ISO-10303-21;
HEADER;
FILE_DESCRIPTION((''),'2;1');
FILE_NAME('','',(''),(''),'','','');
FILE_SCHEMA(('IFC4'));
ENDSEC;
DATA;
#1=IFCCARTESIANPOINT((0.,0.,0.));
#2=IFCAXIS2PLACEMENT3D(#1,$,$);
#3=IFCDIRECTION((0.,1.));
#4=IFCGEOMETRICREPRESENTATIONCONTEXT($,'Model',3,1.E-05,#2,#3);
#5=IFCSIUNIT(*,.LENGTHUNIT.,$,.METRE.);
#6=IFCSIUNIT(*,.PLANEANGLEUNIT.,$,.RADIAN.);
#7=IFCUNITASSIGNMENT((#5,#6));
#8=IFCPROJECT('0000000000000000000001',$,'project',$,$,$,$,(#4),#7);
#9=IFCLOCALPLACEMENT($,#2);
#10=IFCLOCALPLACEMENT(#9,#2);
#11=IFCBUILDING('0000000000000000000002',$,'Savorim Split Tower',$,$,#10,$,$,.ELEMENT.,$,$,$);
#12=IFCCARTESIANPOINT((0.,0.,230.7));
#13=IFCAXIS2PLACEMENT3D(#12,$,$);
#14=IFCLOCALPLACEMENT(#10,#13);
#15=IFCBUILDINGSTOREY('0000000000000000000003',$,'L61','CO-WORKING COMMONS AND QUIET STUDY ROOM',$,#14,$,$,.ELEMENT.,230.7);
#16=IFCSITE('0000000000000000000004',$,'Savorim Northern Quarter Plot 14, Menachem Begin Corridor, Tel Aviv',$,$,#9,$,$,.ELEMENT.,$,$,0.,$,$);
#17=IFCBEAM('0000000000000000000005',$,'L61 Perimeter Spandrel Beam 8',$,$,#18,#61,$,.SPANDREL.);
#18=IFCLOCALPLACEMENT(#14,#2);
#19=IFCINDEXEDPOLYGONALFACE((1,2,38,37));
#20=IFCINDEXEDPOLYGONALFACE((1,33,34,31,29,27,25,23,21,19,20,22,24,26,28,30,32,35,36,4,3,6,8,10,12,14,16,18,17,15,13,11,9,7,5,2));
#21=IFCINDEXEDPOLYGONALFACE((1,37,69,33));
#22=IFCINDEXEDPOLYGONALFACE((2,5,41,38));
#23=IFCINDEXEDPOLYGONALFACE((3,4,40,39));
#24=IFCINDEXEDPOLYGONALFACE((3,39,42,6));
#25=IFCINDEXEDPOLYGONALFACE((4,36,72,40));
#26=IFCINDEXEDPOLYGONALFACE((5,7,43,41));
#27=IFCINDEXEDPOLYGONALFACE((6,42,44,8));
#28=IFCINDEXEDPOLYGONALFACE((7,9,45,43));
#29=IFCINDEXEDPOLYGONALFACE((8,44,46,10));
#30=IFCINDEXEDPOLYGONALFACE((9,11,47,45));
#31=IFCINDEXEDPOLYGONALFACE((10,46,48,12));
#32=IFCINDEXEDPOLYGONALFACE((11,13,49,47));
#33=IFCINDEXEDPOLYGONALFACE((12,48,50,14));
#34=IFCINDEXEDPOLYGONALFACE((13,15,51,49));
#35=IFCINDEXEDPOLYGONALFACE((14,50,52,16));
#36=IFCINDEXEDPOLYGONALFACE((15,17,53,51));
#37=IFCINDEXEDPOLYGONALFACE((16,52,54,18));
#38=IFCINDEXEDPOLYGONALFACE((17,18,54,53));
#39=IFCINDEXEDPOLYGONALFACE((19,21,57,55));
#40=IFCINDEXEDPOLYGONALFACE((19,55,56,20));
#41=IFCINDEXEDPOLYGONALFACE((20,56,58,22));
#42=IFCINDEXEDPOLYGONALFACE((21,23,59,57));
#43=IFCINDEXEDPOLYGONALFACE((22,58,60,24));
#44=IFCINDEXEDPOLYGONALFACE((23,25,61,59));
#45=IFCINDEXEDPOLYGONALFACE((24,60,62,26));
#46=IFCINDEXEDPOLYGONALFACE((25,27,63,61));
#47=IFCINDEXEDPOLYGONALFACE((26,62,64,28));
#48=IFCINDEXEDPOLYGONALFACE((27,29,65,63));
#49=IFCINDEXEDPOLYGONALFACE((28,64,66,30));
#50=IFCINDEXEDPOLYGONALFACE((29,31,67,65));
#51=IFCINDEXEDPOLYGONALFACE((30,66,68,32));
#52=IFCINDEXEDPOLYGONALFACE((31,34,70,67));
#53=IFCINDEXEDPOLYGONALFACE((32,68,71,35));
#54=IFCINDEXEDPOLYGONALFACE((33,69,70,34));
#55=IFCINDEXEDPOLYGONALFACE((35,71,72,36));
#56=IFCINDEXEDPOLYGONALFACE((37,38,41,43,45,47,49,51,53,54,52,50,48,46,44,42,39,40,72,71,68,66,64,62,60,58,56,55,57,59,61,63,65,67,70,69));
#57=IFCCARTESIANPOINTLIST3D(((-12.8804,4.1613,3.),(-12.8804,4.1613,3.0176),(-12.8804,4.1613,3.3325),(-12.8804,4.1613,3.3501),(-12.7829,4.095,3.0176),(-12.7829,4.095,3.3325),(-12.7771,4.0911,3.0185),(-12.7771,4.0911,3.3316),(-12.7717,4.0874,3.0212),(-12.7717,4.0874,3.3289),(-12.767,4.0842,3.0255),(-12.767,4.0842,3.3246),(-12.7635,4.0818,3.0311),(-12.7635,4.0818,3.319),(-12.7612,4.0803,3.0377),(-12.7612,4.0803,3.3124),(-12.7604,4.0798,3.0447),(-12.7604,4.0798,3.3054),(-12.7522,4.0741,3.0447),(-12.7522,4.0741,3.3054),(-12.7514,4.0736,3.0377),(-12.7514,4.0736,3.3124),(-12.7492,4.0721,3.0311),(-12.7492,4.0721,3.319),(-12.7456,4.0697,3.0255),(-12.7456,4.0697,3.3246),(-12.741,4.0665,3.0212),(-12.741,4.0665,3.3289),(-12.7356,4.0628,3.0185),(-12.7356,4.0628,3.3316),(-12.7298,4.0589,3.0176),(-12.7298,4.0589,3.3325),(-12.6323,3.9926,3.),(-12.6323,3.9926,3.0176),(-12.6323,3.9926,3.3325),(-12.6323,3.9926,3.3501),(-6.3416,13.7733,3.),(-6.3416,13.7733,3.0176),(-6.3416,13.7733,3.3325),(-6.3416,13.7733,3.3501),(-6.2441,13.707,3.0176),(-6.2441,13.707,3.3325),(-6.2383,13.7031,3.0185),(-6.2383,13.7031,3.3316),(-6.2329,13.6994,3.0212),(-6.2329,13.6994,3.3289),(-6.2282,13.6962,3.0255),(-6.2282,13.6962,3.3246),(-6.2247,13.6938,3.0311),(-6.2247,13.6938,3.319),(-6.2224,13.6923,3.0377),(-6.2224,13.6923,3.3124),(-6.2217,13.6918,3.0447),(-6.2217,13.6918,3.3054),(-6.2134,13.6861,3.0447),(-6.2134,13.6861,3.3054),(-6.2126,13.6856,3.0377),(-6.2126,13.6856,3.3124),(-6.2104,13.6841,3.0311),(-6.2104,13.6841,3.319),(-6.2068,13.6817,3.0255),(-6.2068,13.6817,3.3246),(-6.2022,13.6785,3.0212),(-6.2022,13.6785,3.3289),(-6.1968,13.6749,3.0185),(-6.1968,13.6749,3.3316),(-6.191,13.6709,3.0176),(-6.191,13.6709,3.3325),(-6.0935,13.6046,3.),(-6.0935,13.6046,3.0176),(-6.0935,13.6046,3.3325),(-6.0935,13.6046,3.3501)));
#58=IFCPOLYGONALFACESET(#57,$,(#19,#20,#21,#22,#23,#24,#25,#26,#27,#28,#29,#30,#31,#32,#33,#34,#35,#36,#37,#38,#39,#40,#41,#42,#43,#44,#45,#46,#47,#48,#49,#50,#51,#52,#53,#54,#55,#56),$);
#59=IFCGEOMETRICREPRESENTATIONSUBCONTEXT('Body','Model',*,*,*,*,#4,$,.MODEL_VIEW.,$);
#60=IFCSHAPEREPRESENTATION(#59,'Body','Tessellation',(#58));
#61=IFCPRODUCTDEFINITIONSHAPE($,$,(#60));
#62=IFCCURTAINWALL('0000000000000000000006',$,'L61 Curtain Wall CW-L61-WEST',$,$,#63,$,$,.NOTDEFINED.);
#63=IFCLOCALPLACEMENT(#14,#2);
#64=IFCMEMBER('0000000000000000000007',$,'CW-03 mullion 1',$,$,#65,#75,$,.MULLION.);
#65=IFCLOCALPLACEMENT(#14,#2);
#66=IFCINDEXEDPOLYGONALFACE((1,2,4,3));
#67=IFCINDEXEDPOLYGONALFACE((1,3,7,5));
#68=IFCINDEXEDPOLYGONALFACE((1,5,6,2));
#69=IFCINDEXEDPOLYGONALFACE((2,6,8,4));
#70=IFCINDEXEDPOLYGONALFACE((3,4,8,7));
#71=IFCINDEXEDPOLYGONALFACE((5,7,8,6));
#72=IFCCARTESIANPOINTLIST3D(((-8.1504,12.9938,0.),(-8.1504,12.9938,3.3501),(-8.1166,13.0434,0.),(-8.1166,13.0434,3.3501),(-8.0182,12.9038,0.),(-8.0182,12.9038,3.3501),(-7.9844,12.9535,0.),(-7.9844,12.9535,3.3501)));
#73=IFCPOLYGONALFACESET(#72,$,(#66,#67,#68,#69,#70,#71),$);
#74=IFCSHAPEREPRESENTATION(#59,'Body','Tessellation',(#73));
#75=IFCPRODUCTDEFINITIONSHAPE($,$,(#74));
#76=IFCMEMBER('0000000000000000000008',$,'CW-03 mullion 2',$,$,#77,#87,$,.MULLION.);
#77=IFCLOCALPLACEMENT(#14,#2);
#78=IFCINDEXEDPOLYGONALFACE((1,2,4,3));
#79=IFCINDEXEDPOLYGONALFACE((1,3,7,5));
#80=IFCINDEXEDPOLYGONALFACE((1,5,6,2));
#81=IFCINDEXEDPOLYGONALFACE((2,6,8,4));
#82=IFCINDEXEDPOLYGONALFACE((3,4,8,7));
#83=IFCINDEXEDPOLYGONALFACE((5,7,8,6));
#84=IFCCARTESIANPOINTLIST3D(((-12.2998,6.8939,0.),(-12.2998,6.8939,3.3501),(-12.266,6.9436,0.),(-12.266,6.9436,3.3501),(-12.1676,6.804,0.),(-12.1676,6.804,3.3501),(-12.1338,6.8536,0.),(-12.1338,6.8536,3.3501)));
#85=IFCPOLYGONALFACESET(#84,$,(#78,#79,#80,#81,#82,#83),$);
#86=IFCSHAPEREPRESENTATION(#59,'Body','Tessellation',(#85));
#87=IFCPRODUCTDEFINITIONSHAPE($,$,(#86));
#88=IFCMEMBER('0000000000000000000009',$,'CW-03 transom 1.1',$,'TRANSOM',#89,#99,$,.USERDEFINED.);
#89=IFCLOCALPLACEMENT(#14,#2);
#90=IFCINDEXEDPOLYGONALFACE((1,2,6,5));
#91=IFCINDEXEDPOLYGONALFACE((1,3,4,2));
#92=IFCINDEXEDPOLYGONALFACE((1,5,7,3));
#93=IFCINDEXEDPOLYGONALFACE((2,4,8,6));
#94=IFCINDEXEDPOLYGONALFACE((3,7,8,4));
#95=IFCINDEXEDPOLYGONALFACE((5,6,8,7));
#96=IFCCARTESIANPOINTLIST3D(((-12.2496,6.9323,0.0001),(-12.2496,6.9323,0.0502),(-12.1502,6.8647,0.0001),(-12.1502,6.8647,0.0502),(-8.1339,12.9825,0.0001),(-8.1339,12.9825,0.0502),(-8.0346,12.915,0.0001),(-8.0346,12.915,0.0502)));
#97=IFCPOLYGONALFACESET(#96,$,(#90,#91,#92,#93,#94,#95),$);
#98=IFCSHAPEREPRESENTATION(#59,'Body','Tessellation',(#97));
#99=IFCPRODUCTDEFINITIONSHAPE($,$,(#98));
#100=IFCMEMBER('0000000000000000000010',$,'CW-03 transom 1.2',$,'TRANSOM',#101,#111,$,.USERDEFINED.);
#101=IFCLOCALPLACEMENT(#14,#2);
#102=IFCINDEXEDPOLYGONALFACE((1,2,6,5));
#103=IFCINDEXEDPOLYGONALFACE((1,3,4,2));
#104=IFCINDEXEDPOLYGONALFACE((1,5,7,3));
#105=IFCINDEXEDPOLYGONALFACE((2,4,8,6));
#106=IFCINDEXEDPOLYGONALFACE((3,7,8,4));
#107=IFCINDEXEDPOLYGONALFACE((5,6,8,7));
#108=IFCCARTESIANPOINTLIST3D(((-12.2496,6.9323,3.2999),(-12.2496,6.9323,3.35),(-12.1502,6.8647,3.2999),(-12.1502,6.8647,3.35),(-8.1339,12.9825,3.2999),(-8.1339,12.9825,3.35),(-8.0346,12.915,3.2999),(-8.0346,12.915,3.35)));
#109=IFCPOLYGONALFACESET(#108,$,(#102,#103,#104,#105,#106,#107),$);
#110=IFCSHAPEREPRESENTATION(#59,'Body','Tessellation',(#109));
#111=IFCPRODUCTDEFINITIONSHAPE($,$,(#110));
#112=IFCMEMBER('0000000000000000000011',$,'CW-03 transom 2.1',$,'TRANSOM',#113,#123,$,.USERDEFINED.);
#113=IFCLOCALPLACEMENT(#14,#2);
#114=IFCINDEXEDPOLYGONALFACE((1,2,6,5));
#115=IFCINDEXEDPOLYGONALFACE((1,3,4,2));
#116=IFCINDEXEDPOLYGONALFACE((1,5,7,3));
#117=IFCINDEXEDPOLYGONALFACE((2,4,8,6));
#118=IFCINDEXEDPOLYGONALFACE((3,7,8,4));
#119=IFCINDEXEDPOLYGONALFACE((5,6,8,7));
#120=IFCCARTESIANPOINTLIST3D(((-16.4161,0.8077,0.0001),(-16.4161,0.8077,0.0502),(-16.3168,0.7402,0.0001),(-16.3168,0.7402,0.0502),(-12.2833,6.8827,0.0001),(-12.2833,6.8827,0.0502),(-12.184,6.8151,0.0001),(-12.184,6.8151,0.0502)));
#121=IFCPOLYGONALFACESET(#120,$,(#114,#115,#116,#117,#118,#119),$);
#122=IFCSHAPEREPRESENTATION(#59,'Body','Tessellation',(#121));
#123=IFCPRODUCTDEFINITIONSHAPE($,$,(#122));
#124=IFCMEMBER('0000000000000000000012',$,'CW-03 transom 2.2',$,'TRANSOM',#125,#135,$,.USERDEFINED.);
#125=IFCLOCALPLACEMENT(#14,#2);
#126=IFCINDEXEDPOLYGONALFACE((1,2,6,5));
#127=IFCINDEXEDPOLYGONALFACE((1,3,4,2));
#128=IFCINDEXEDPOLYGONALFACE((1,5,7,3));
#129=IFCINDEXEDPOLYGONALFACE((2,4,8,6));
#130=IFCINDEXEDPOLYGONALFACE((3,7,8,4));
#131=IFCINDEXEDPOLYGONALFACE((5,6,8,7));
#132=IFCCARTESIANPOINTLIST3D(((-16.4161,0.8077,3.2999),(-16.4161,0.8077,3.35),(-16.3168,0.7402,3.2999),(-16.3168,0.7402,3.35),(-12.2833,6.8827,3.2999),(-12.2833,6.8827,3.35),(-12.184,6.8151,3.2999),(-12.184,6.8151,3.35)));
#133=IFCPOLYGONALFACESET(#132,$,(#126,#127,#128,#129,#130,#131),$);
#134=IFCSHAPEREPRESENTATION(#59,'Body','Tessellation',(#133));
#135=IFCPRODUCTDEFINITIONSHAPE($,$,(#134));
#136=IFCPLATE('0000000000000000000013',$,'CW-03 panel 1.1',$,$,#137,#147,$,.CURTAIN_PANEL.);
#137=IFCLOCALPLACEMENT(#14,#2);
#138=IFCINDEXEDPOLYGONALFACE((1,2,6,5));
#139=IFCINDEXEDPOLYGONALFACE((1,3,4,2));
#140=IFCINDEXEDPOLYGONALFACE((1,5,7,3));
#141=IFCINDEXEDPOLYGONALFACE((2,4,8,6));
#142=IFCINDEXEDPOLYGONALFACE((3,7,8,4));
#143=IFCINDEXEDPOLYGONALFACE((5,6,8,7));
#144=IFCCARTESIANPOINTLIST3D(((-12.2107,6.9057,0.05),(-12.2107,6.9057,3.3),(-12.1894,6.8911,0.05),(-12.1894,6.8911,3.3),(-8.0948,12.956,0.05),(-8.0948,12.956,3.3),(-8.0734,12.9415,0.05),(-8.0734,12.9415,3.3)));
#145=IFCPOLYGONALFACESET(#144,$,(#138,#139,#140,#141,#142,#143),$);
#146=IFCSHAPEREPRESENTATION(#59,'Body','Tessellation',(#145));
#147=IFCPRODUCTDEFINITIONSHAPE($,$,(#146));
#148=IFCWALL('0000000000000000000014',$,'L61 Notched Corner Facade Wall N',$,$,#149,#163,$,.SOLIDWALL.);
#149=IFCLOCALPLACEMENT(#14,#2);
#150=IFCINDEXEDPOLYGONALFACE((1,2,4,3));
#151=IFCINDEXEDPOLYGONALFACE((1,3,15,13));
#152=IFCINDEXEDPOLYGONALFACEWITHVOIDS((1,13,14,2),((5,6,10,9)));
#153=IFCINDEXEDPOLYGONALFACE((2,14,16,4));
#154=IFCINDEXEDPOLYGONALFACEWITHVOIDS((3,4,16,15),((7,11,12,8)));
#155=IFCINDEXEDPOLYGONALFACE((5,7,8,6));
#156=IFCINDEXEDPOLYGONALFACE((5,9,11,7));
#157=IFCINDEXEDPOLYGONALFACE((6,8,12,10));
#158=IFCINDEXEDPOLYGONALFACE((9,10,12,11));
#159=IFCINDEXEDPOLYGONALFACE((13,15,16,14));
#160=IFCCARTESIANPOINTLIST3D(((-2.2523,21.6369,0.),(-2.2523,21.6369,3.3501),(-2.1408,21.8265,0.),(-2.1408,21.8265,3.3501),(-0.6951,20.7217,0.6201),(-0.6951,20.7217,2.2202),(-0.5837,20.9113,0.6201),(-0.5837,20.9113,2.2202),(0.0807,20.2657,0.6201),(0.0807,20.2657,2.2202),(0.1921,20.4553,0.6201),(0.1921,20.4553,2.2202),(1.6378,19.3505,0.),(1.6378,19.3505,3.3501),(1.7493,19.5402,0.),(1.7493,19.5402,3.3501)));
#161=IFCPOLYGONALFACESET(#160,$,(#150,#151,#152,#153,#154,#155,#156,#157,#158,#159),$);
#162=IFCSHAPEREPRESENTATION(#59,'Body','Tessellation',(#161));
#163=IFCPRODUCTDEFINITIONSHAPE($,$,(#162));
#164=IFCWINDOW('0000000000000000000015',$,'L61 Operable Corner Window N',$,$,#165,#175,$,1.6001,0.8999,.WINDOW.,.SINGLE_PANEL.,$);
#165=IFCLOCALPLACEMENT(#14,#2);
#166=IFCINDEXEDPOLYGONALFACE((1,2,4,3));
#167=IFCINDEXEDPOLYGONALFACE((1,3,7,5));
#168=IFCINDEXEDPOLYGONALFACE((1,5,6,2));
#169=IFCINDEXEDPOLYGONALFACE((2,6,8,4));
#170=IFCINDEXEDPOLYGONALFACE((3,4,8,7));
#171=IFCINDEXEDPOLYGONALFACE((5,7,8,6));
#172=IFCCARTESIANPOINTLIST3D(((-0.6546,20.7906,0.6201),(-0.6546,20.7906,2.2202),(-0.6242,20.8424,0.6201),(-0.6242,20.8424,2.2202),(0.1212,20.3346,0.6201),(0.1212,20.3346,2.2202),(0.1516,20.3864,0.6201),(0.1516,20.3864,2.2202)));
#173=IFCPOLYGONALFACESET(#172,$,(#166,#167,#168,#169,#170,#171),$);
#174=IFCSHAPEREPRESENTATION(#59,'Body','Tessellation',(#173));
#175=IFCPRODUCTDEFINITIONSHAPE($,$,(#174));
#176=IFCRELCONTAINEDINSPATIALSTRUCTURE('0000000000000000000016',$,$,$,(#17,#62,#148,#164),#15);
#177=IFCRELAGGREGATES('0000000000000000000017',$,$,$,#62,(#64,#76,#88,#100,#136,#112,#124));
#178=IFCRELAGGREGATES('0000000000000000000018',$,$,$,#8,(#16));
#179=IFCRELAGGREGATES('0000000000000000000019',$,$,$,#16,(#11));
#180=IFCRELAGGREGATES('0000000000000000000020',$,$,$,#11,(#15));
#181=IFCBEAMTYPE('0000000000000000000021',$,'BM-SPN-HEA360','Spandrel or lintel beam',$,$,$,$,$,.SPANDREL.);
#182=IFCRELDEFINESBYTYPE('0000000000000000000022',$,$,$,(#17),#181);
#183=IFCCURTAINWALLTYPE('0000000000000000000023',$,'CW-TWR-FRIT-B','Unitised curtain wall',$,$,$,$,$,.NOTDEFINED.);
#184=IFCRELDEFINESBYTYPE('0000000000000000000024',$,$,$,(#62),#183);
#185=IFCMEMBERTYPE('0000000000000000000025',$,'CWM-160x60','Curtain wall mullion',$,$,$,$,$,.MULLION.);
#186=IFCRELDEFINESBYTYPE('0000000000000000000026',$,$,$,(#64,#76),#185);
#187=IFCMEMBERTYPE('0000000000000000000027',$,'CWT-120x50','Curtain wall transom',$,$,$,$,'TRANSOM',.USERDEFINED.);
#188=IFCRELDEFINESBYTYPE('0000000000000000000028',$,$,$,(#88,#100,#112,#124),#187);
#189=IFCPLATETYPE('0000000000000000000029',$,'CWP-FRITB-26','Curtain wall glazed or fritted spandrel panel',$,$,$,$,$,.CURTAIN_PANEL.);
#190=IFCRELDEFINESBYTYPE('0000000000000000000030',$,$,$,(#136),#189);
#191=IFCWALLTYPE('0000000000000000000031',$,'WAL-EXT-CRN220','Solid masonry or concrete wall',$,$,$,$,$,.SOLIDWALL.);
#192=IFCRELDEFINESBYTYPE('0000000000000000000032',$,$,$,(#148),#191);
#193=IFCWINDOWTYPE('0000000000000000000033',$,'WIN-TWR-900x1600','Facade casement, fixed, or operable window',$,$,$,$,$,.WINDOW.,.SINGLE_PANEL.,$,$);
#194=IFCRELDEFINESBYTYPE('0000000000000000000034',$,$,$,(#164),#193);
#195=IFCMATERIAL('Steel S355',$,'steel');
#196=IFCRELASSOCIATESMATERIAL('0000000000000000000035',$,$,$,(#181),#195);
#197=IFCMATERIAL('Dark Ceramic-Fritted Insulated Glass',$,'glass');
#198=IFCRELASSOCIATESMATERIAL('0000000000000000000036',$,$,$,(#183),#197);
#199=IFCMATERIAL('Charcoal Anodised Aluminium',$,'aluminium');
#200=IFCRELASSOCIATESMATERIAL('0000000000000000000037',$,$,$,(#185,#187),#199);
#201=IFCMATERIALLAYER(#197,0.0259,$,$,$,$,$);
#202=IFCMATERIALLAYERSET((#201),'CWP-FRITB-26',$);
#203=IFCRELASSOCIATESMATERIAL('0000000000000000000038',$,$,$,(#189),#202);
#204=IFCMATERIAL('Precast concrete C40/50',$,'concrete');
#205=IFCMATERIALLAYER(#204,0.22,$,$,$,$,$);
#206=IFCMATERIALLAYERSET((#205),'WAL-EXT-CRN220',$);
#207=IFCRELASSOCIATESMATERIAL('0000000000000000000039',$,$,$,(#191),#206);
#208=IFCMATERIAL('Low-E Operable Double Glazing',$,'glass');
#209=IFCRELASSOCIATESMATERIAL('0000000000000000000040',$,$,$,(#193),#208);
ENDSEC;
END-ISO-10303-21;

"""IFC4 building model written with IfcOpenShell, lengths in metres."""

from ifc_helpers import new_model, si_unit, direction, frame, frame_2d, origin, origin_2d, place, context, subcontext, project, spatial, rectangle, i_section, extrude, material, layer, layer_set, material_profile, profile_set, type_object, element, fill, aggregate, save


model = new_model("IFC4")

# Units and contexts
model_context = context("Model", 3, precision=1e-05, world=origin(), true_north=direction((0.0, 1.0)))
body_context = subcontext(model_context, "Body", "Model", "MODEL_VIEW")
ifc_project = project(units=[si_unit("LENGTHUNIT", "METRE"), si_unit("PLANEANGLEUNIT", "RADIAN")], contexts=[model_context])

# Site, building, storey
site_placement = place(None, origin())
site = spatial("IfcSite", under=ifc_project, at=site_placement, Name="Savorim Northern Quarter Plot 14, Menachem Begin Corridor, Tel Aviv", CompositionType="ELEMENT", RefElevation=0.0)
building_placement = place(site_placement, origin())
building = spatial("IfcBuilding", under=site, at=building_placement, Name="Savorim Split Tower", CompositionType="ELEMENT")
storey_placement = place(building_placement, frame((0.0, 0.0, 230.7)))
storey = spatial("IfcBuildingStorey", under=building, at=storey_placement, Name="L61", Description="CO-WORKING COMMONS AND QUIET STUDY ROOM", CompositionType="ELEMENT", Elevation=230.7)

# Shared definitions
ifc_material_1 = material(Name="Steel S355", Category="steel")

# Beam
ifc_material_profile_1 = material_profile(ifc_material_1, i_section(OverallWidth=0.3, OverallDepth=0.3501, WebThickness=0.01, FlangeThickness=0.0176, FilletRadius=0.0271, at=origin_2d()), Name="HEA 360")
ifc_profile_set_1 = profile_set([ifc_material_profile_1], Name="Steel S355")
beam_type_1 = type_object("IfcBeamType", Name="BM-SPN-HEA360", Description="Spandrel or lintel beam", PredefinedType="SPANDREL", material=ifc_profile_set_1)
beam_1_placement = place(storey_placement, frame((-6.2175, 13.689, 3.175), z_axis=(-0.562464, -0.826822, 0.0), x_axis=(0.826822, -0.562464, 0.0)))
element("IfcBeam", 1, at=beam_1_placement, inside=storey, type_object=beam_type_1, Name="L61 Perimeter Spandrel Beam 8", PredefinedType="SPANDREL", context=body_context, shape_type="SweptSolid", body=[
    extrude(i_section(OverallWidth=0.3, OverallDepth=0.3501, WebThickness=0.01, FlangeThickness=0.0176, FilletRadius=0.0271, at=origin_2d()), origin(), (0.0, 0.0, 1.0), 11.6252),
])

# Curtain wall, members, plate
ifc_material_2 = material(Name="Dark Ceramic-Fritted Insulated Glass", Category="glass")
curtain_wall_type = type_object("IfcCurtainWallType", Name="CW-TWR-FRIT-B", Description="Unitised curtain wall", PredefinedType="NOTDEFINED", material=ifc_material_2)
curtain_wall_placement = place(storey_placement, origin())
curtain_wall = element("IfcCurtainWall", 2, at=curtain_wall_placement, inside=storey, type_object=curtain_wall_type, Name="L61 Curtain Wall CW-L61-WEST", PredefinedType="NOTDEFINED")
ifc_material_3 = material(Name="Charcoal Anodised Aluminium", Category="aluminium")
ifc_material_profile_2 = material_profile(ifc_material_3, rectangle(XDim=0.1599, YDim=0.0601, at=origin_2d()), Name="ALU-M 160x60")
ifc_profile_set_2 = profile_set([ifc_material_profile_2], Name="Charcoal Anodised Aluminium")
member_type_1 = type_object("IfcMemberType", Name="CWM-160x60", Description="Curtain wall mullion", PredefinedType="MULLION", material=ifc_profile_set_2)
member_1_placement = place(storey_placement, frame((-8.0674, 12.9736, 0.0), z_axis=(0.0, 0.0, 1.0), x_axis=(0.82682, -0.562467, 0.0)))
member_1 = element("IfcMember", 3, at=member_1_placement, type_object=member_type_1, Name="CW-03 mullion 1", PredefinedType="MULLION", context=body_context, shape_type="SweptSolid", body=[
    extrude(rectangle(XDim=0.1599, YDim=0.0601, at=origin_2d()), origin(), (0.0, 0.0, 1.0), 3.3501),
])
member_2_placement = place(storey_placement, frame((-12.2168, 6.8738, 0.0), z_axis=(0.0, 0.0, 1.0), x_axis=(0.82682, -0.562467, 0.0)))
member_2 = element("IfcMember", 4, at=member_2_placement, type_object=member_type_1, Name="CW-03 mullion 2", PredefinedType="MULLION", context=body_context, shape_type="SweptSolid", body=[
    extrude(rectangle(XDim=0.1599, YDim=0.0601, at=origin_2d()), origin(), (0.0, 0.0, 1.0), 3.3501),
])
ifc_material_profile_3 = material_profile(ifc_material_3, rectangle(XDim=0.1201, YDim=0.05, at=origin_2d()), Name="ALU-T 120x50")
ifc_profile_set_3 = profile_set([ifc_material_profile_3], Name="Charcoal Anodised Aluminium")
member_type_2 = type_object("IfcMemberType", Name="CWT-120x50", Description="Curtain wall transom", ElementType="TRANSOM", PredefinedType="USERDEFINED", material=ifc_profile_set_3)
member_3_placement = place(storey_placement, frame((-8.0842, 12.9487, 0.0251), z_axis=(-0.562452, -0.82683, 0.0), x_axis=(0.82683, -0.562452, 0.0)))
member_3 = element("IfcMember", 5, at=member_3_placement, type_object=member_type_2, Name="CW-03 transom 1.1", ObjectType="TRANSOM", PredefinedType="USERDEFINED", context=body_context, shape_type="SweptSolid", body=[
    extrude(rectangle(XDim=0.1201, YDim=0.05, at=origin_2d()), origin(), (0.0, 0.0, 1.0), 7.3174),
])
member_4_placement = place(storey_placement, frame((-8.0842, 12.9487, 3.325), z_axis=(-0.562452, -0.82683, 0.0), x_axis=(0.82683, -0.562452, 0.0)))
member_4 = element("IfcMember", 6, at=member_4_placement, type_object=member_type_2, Name="CW-03 transom 1.2", ObjectType="TRANSOM", PredefinedType="USERDEFINED", context=body_context, shape_type="SweptSolid", body=[
    extrude(rectangle(XDim=0.1201, YDim=0.05, at=origin_2d()), origin(), (0.0, 0.0, 1.0), 7.3174),
])
member_5_placement = place(storey_placement, frame((-12.2336, 6.8489, 0.0251), z_axis=(-0.562482, -0.82681, 0.0), x_axis=(0.82681, -0.562482, 0.0)))
member_5 = element("IfcMember", 7, at=member_5_placement, type_object=member_type_2, Name="CW-03 transom 2.1", ObjectType="TRANSOM", PredefinedType="USERDEFINED", context=body_context, shape_type="SweptSolid", body=[
    extrude(rectangle(XDim=0.1201, YDim=0.05, at=origin_2d()), origin(), (0.0, 0.0, 1.0), 7.3474),
])
member_6_placement = place(storey_placement, frame((-12.2336, 6.8489, 3.325), z_axis=(-0.562482, -0.82681, 0.0), x_axis=(0.82681, -0.562482, 0.0)))
member_6 = element("IfcMember", 8, at=member_6_placement, type_object=member_type_2, Name="CW-03 transom 2.2", ObjectType="TRANSOM", PredefinedType="USERDEFINED", context=body_context, shape_type="SweptSolid", body=[
    extrude(rectangle(XDim=0.1201, YDim=0.05, at=origin_2d()), origin(), (0.0, 0.0, 1.0), 7.3474),
])
ifc_layer_1 = layer(ifc_material_2, 0.0259)
ifc_layer_set_1 = layer_set([ifc_layer_1], Name="CWP-FRITB-26")
plate_type = type_object("IfcPlateType", Name="CWP-FRITB-26", Description="Curtain wall glazed or fritted spandrel panel", PredefinedType="CURTAIN_PANEL", material=ifc_layer_set_1)
plate_placement = place(storey_placement, frame((-10.1421, 9.9236, 0.05), z_axis=(0.0, 0.0, 1.0), x_axis=(-0.562467, -0.82682, 0.0)))
plate = element("IfcPlate", 9, at=plate_placement, type_object=plate_type, Name="CW-03 panel 1.1", PredefinedType="CURTAIN_PANEL", context=body_context, shape_type="SweptSolid", body=[
    extrude(rectangle(XDim=7.3176, YDim=0.0259, at=origin_2d()), origin(), (0.0, 0.0, 1.0), 3.25),
])
aggregate(curtain_wall, [member_1, member_2, member_3, member_4, plate, member_5, member_6])

# Wall, opening, window
ifc_material_4 = material(Name="Precast concrete C40/50", Category="concrete")
ifc_layer_2 = layer(ifc_material_4, 0.22)
ifc_layer_set_2 = layer_set([ifc_layer_2], Name="WAL-EXT-CRN220")
wall_type_1 = type_object("IfcWallType", Name="WAL-EXT-CRN220", Description="Solid masonry or concrete wall", PredefinedType="SOLIDWALL", material=ifc_layer_set_2)
wall_1_placement = place(storey_placement, frame((-2.1965, 21.7317, 0.0), z_axis=(0.0, 0.0, 1.0), x_axis=(0.862122, -0.506701, 0.0)))
wall_1 = element("IfcWall", 10, at=wall_1_placement, inside=storey, type_object=wall_type_1, Name="L61 Notched Corner Facade Wall N", PredefinedType="SOLIDWALL", context=body_context, shape_type="SweptSolid", body=[
    extrude(rectangle(XDim=4.5122, YDim=0.22, at=frame_2d((2.2561, 0.0))), origin(), (0.0, 0.0, 1.0), 3.3501),
])
opening_1_placement = place(wall_1_placement, frame((1.8062, 0.0, 0.6201)))
opening_1 = element("IfcOpeningElement", 11, at=opening_1_placement, cuts=wall_1, PredefinedType="OPENING", context=body_context, shape_type="SweptSolid", body=[
    extrude(rectangle(XDim=0.8999, YDim=1.6001, at=frame_2d((0.45, 0.8))), frame((0.0, 0.1199, 0.0), z_axis=(0.0, -1.0, 0.0), x_axis=(1.0, 0.0, 0.0)), (0.0, 0.0, 1.0), 0.24),
])
ifc_material_5 = material(Name="Low-E Operable Double Glazing", Category="glass")
window_type_1 = type_object("IfcWindowType", Name="WIN-TWR-900x1600", Description="Facade casement, fixed, or operable window", PartitioningType="SINGLE_PANEL", PredefinedType="WINDOW", material=ifc_material_5)
window_1_placement = place(opening_1_placement, origin())
window_1 = element("IfcWindow", 12, at=window_1_placement, inside=storey, type_object=window_type_1, Name="L61 Operable Corner Window N", OverallHeight=1.6001, OverallWidth=0.8999, PartitioningType="SINGLE_PANEL", PredefinedType="WINDOW", context=body_context, shape_type="SweptSolid", body=[
    extrude(rectangle(XDim=0.8999, YDim=1.6001, at=frame_2d((0.45, 0.8))), frame((0.0, 0.03, 0.0), z_axis=(0.0, -1.0, 0.0), x_axis=(1.0, 0.0, 0.0)), (0.0, 0.0, 1.0), 0.0601),
])
fill(opening_1, window_1)

save(model, "model.ifc")
